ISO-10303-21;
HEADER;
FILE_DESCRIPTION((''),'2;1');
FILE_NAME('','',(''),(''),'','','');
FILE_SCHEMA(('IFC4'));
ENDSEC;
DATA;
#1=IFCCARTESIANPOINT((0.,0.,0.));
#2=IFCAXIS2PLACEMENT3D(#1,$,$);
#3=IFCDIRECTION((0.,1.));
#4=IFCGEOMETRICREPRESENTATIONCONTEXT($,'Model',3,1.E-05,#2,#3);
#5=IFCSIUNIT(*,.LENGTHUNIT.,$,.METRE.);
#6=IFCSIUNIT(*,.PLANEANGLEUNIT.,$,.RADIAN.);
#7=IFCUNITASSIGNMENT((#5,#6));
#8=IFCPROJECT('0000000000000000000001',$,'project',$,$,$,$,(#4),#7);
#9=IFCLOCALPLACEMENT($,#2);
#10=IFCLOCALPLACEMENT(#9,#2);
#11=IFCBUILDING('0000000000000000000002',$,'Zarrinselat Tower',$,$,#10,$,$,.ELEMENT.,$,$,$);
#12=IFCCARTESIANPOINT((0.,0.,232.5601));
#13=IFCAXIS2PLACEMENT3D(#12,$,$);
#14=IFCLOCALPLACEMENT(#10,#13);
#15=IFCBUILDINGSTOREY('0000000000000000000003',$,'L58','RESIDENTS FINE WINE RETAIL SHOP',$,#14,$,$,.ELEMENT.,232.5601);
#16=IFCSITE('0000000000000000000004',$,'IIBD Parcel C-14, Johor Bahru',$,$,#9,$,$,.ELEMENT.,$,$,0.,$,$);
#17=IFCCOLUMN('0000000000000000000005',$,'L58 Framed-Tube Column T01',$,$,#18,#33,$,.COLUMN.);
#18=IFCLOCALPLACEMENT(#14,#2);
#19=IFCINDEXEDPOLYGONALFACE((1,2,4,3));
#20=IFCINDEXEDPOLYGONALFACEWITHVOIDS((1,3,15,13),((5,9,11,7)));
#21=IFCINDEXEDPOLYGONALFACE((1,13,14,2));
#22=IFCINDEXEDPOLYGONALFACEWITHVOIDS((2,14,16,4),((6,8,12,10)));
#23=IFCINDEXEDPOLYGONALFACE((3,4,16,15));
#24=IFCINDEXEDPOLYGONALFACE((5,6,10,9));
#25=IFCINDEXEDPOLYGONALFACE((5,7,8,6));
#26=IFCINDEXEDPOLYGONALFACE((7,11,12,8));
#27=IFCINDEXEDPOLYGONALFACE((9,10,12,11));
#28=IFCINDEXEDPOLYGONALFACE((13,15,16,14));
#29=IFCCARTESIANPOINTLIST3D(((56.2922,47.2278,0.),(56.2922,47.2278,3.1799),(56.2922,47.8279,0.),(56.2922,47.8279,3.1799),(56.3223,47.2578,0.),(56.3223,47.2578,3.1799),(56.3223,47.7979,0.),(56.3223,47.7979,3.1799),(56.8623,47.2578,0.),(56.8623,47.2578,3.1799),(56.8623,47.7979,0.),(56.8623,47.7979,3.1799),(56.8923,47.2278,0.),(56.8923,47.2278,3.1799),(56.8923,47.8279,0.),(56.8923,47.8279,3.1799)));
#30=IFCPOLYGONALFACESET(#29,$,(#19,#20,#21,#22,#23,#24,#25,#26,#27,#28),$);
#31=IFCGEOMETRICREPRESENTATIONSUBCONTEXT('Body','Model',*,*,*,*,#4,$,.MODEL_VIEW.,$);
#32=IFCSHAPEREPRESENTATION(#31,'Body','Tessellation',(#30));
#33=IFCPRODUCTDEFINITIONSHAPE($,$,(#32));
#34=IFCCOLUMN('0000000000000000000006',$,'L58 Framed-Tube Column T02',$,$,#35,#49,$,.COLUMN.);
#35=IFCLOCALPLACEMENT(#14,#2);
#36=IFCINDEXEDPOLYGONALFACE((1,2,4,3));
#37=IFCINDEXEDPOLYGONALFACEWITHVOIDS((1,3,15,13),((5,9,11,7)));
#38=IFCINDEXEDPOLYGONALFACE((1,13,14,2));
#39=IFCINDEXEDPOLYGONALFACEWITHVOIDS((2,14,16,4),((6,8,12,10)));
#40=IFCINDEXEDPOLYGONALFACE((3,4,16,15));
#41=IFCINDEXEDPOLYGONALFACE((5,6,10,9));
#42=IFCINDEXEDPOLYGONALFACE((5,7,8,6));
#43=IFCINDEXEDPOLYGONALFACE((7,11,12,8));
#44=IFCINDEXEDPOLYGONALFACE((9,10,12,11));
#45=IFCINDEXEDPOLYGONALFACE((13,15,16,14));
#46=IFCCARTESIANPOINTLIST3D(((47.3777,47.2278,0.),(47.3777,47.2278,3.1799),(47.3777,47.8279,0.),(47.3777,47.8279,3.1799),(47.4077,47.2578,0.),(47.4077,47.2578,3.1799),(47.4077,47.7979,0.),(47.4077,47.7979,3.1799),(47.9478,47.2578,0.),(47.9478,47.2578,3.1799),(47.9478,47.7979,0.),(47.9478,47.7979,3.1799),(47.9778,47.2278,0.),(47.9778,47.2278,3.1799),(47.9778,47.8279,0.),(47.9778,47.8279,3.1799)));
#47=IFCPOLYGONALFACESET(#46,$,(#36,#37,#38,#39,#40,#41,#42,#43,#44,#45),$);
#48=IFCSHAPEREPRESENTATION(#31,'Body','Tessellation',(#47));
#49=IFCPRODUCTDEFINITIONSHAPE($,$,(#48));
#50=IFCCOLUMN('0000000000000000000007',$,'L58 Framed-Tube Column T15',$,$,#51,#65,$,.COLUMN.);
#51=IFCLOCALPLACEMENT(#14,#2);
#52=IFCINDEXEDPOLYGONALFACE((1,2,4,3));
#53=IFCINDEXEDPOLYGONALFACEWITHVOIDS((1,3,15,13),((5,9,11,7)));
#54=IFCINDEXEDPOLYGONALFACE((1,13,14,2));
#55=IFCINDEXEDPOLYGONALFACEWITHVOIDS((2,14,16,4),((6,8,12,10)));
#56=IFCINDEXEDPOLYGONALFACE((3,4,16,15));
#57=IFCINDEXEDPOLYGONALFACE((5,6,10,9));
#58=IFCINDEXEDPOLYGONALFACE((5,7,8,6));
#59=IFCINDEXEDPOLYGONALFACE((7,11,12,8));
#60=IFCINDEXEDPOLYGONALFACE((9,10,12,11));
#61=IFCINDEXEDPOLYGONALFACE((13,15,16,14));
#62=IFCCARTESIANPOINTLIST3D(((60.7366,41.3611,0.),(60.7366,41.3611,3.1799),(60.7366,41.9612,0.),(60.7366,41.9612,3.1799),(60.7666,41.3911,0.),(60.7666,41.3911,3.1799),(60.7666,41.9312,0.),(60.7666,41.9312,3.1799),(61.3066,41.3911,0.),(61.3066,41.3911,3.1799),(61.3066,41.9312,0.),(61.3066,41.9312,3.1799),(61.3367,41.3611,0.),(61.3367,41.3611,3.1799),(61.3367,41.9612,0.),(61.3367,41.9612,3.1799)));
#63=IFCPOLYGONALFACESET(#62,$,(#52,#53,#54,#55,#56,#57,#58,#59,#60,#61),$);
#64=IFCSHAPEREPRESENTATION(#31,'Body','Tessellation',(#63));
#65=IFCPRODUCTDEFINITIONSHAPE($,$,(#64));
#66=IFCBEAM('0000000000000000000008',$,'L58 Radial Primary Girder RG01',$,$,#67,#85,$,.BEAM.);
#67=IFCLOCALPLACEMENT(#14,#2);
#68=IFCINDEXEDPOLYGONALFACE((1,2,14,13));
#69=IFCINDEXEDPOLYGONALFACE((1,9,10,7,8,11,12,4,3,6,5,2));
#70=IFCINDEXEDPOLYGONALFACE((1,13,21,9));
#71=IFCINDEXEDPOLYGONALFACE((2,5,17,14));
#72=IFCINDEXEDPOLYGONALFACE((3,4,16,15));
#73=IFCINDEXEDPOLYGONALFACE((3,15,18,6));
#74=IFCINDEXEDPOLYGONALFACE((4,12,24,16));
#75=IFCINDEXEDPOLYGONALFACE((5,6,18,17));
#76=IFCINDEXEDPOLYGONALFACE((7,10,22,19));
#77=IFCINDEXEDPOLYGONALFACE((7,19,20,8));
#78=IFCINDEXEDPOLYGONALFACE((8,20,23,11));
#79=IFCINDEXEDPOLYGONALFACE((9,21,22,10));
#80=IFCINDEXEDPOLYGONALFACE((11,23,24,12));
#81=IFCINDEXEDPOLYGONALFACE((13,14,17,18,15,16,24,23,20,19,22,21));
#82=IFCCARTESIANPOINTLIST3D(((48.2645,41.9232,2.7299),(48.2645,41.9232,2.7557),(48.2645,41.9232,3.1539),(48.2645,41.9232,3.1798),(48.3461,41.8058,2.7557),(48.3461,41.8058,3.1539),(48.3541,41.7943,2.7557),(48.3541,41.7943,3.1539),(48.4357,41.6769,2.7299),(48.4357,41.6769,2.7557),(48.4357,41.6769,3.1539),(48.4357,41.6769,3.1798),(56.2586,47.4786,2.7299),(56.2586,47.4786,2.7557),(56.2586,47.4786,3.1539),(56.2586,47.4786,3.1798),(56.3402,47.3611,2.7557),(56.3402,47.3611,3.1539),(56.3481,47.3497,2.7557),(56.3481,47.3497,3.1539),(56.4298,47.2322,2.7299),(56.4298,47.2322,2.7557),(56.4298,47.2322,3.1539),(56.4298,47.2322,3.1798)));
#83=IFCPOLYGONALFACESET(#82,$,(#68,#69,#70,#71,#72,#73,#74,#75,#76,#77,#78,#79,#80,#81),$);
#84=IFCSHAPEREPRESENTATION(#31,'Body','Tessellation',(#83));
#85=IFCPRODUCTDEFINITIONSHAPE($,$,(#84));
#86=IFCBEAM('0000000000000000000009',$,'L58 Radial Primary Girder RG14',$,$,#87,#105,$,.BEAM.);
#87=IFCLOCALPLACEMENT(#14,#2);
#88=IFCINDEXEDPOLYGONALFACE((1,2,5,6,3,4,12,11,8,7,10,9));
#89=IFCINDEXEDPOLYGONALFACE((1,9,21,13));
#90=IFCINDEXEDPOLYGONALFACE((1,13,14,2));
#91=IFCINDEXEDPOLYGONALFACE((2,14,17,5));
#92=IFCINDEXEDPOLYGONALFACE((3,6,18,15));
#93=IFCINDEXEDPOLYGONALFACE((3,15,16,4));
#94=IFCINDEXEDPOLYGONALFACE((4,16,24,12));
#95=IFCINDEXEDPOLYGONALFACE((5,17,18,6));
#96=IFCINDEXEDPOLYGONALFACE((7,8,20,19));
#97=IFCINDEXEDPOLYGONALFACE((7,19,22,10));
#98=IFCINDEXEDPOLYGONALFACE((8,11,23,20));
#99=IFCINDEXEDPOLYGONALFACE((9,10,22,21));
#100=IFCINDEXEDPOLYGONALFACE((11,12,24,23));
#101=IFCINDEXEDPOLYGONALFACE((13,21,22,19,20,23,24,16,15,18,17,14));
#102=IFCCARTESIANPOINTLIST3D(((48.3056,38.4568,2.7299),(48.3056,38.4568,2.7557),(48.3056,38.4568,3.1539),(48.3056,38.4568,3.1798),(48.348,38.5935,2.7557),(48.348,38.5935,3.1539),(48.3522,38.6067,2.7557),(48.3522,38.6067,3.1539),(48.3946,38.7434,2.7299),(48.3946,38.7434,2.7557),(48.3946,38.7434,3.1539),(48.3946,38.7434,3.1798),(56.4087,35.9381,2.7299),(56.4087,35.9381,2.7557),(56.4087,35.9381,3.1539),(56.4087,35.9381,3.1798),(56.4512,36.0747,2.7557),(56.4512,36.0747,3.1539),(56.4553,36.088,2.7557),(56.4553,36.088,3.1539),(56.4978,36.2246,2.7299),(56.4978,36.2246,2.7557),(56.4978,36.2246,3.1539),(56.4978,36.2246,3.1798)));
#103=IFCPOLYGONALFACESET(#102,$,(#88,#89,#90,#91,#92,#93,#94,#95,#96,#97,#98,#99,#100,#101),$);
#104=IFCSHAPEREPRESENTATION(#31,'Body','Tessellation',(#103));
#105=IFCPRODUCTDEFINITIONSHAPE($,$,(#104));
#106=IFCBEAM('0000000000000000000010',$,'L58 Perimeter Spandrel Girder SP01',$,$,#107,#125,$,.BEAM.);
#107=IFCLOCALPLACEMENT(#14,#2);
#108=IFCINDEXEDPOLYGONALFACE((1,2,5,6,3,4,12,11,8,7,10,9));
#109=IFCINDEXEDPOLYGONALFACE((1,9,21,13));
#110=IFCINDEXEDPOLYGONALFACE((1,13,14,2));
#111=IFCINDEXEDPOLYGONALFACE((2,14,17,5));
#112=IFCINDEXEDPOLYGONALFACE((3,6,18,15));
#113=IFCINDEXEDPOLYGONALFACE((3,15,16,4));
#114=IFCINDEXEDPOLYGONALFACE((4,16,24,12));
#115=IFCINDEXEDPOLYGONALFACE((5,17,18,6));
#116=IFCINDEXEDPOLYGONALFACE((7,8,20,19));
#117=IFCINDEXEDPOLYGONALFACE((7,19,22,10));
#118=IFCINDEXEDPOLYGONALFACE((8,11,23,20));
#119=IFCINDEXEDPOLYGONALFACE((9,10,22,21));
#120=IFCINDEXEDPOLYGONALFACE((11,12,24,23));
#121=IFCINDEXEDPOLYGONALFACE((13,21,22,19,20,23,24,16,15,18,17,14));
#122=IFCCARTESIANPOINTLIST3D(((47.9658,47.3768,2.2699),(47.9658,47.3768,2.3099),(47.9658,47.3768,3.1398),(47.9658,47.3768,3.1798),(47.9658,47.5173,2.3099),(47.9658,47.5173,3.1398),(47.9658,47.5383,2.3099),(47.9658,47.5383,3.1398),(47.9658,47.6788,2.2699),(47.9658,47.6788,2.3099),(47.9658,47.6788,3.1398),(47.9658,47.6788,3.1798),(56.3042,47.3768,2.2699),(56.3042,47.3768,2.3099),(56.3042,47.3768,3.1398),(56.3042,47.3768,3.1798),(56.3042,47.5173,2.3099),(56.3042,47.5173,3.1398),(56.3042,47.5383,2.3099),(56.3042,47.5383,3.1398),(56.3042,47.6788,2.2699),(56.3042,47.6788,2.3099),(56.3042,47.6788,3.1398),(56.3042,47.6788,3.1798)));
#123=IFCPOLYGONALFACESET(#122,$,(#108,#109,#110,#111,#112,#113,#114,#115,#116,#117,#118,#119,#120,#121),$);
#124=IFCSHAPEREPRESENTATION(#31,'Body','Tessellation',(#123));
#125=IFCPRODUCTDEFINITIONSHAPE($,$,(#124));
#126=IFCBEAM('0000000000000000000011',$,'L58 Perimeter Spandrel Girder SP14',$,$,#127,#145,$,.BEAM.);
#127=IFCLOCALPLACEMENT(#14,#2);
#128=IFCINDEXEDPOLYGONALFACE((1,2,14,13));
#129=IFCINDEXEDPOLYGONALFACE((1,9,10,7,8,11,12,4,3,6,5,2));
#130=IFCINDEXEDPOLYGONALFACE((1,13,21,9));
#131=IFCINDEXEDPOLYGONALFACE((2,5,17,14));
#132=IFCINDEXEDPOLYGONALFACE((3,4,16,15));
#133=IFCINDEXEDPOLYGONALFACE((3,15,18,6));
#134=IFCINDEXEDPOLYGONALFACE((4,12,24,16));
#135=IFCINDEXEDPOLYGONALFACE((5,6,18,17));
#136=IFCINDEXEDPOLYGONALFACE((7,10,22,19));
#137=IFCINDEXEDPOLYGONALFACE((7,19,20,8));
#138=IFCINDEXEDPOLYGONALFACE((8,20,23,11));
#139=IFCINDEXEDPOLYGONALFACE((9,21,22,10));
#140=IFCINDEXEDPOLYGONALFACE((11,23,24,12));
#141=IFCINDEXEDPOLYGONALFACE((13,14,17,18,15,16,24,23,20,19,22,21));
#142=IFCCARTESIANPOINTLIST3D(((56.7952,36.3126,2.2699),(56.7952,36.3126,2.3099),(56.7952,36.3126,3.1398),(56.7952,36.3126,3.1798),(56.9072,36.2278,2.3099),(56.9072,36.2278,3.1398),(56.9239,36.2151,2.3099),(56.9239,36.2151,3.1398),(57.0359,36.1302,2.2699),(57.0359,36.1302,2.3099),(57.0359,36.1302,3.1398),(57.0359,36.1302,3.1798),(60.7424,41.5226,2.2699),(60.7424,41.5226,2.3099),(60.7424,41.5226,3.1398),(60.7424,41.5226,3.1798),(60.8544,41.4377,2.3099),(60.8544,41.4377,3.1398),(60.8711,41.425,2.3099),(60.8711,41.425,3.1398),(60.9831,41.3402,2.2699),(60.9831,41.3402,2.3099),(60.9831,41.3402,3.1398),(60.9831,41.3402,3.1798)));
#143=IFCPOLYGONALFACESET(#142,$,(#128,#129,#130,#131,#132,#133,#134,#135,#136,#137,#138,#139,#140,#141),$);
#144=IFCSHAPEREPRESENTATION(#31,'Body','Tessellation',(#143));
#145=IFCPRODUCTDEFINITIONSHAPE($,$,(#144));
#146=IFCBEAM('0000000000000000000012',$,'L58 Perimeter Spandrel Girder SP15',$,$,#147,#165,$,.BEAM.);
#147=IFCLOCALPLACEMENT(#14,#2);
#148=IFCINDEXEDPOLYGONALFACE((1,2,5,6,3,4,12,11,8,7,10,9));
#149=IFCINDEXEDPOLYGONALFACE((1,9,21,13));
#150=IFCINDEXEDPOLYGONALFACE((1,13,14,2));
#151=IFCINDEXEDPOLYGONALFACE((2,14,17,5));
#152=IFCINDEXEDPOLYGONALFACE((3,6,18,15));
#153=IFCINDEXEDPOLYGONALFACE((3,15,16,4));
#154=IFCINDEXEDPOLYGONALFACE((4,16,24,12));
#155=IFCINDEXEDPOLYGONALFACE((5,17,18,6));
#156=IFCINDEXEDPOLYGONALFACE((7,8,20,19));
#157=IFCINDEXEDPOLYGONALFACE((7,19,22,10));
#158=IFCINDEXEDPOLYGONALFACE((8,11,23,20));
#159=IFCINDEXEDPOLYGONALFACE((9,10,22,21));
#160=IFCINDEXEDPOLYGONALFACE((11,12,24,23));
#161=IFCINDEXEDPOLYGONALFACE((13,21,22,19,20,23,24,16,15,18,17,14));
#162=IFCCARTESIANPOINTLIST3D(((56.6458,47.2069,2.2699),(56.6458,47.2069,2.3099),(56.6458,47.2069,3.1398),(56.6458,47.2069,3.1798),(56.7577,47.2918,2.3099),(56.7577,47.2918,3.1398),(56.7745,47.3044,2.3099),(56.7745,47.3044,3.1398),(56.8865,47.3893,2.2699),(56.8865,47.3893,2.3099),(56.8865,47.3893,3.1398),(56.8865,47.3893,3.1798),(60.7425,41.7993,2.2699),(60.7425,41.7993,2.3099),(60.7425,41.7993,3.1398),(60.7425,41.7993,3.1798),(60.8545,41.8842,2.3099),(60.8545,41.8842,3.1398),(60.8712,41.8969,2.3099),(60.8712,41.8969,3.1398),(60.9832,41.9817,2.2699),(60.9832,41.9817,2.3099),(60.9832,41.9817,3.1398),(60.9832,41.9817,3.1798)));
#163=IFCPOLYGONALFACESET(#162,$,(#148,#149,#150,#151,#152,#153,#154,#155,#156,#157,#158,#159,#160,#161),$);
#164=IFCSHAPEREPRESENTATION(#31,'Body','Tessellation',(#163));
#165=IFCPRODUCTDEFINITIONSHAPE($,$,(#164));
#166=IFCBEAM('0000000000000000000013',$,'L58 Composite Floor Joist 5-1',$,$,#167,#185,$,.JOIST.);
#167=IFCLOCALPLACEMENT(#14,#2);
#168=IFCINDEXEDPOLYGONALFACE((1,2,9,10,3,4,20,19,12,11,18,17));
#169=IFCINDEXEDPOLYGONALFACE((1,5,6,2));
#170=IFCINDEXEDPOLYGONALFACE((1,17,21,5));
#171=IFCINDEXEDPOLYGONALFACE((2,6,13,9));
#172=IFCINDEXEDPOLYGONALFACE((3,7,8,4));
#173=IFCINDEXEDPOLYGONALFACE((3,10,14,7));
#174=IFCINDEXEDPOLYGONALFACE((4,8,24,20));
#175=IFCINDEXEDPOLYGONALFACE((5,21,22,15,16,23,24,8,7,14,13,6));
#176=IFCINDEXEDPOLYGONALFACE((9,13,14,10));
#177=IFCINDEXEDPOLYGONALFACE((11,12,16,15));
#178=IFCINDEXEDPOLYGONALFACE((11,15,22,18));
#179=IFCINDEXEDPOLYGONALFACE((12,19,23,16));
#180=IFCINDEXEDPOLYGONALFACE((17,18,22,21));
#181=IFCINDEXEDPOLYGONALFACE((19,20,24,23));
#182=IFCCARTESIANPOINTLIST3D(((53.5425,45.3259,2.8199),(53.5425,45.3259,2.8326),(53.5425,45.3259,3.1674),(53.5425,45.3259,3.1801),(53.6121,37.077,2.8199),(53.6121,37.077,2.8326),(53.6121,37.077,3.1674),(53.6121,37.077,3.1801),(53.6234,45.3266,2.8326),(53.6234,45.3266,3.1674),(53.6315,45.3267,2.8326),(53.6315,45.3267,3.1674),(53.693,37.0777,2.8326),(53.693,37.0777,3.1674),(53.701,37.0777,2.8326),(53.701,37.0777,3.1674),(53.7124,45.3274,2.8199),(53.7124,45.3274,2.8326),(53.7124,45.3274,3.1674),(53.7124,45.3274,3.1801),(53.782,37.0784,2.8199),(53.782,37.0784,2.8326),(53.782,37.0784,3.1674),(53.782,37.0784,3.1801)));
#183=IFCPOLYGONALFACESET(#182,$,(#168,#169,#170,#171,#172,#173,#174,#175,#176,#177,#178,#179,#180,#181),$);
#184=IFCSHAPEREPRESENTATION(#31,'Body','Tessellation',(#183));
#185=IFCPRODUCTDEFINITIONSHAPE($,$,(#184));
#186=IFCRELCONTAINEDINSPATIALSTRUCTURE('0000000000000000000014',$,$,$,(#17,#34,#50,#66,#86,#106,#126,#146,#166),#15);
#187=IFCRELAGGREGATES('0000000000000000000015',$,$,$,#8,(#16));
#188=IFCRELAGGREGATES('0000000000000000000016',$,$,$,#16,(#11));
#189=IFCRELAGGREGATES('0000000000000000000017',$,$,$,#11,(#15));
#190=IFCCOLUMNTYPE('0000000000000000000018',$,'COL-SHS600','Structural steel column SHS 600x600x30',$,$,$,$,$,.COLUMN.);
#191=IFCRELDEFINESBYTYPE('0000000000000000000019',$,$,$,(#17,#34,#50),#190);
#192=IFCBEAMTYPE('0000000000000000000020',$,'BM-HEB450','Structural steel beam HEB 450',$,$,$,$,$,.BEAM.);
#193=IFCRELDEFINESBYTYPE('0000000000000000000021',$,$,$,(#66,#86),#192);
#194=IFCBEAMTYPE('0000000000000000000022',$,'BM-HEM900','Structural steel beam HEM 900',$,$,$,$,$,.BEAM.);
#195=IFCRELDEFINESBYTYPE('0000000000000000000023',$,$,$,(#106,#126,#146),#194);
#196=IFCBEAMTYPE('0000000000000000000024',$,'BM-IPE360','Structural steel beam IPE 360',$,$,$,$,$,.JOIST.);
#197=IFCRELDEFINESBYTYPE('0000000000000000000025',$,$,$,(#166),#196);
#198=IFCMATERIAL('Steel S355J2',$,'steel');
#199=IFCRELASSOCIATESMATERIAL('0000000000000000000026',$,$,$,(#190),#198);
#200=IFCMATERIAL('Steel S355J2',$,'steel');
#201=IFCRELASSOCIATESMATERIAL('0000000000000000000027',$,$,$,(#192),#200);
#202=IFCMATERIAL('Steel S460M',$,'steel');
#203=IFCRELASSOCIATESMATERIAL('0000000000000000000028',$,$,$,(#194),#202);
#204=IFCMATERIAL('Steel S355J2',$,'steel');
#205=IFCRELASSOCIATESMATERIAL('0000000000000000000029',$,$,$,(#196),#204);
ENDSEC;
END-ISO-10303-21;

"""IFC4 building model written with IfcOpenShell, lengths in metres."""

from ifc_helpers import new_model, si_unit, direction, frame, origin, origin_2d, place, context, subcontext, project, spatial, hollow_rectangle, i_section, extrude, material, material_profile, profile_set, type_object, element, save


model = new_model("IFC4")

# Units and contexts
model_context = context("Model", 3, precision=1e-05, world=origin(), true_north=direction((0.0, 1.0)))
body_context = subcontext(model_context, "Body", "Model", "MODEL_VIEW")
ifc_project = project(units=[si_unit("LENGTHUNIT", "METRE"), si_unit("PLANEANGLEUNIT", "RADIAN")], contexts=[model_context])

# Site, building, storey
site_placement = place(None, origin())
site = spatial("IfcSite", under=ifc_project, at=site_placement, Name="IIBD Parcel C-14, Johor Bahru", CompositionType="ELEMENT", RefElevation=0.0)
building_placement = place(site_placement, origin())
building = spatial("IfcBuilding", under=site, at=building_placement, Name="Zarrinselat Tower", CompositionType="ELEMENT")
storey_placement = place(building_placement, frame((0.0, 0.0, 232.5601)))
storey = spatial("IfcBuildingStorey", under=building, at=storey_placement, Name="L58", Description="RESIDENTS FINE WINE RETAIL SHOP", CompositionType="ELEMENT", Elevation=232.5601)

# Columns
ifc_material_1 = material(Name="Steel S355J2", Category="steel")
ifc_material_profile_1 = material_profile(ifc_material_1, hollow_rectangle(XDim=0.6001, YDim=0.6001, WallThickness=0.03, at=origin_2d()), Name="SHS 600x600x30")
ifc_profile_set_1 = profile_set([ifc_material_profile_1], Name="Steel S355J2")
column_type = type_object("IfcColumnType", Name="COL-SHS600", Description="Structural steel column SHS 600x600x30", PredefinedType="COLUMN", material=ifc_profile_set_1)
for number, where, z_axis, x_axis, name in (
    (1, (56.5923, 47.5278, 0.0), (0.0, 0.0, 1.0), (1.0, 0.0, 0.0), "L58 Framed-Tube Column T01"),
    (2, (47.6777, 47.5278, 0.0), (0.0, 0.0, 1.0), (1.0, 0.0, 0.0), "L58 Framed-Tube Column T02"),
    (3, (61.0366, 41.6611, 0.0), (0.0, 0.0, 1.0), (1.0, 0.0, 0.0), "L58 Framed-Tube Column T15"),
):
    element("IfcColumn", number, at=place(storey_placement, frame(where, z_axis=z_axis, x_axis=x_axis)), inside=storey, type_object=column_type, Name=name, PredefinedType="COLUMN", context=body_context, shape_type="SweptSolid", body=[
        extrude(hollow_rectangle(XDim=0.6001, YDim=0.6001, WallThickness=0.03, at=origin_2d()), origin(), (0.0, 0.0, 1.0), 3.1799),
    ])

# Beams
ifc_material_2 = material(Name="Steel S355J2", Category="steel")
ifc_material_profile_2 = material_profile(ifc_material_2, i_section(OverallWidth=0.3, OverallDepth=0.45, WebThickness=0.0139, FlangeThickness=0.0259, at=origin_2d()), Name="HEB 450")
ifc_profile_set_2 = profile_set([ifc_material_profile_2], Name="Steel S355J2")
beam_type_1 = type_object("IfcBeamType", Name="BM-HEB450", Description="Structural steel beam HEB 450", PredefinedType="BEAM", material=ifc_profile_set_2)
beam_1_placement = place(storey_placement, frame((48.3501, 41.8, 2.9548), z_axis=(0.821181, 0.570668, 0.0), x_axis=(-0.570668, 0.821181, 0.0)))
element("IfcBeam", 4, at=beam_1_placement, inside=storey, type_object=beam_type_1, Name="L58 Radial Primary Girder RG01", PredefinedType="BEAM", context=body_context, shape_type="SweptSolid", body=[
    extrude(i_section(OverallWidth=0.3, OverallDepth=0.45, WebThickness=0.0139, FlangeThickness=0.0259, at=origin_2d()), origin(), (0.0, 0.0, 1.0), 9.7349),
])
beam_2_placement = place(storey_placement, frame((48.3501, 38.6001, 2.9548), z_axis=(0.954931, -0.296828, 0.0), x_axis=(0.296828, 0.954931, 0.0)))
element("IfcBeam", 5, at=beam_2_placement, inside=storey, type_object=beam_type_1, Name="L58 Radial Primary Girder RG14", PredefinedType="BEAM", context=body_context, shape_type="SweptSolid", body=[
    extrude(i_section(OverallWidth=0.3, OverallDepth=0.45, WebThickness=0.0139, FlangeThickness=0.0259, at=origin_2d()), origin(), (0.0, 0.0, 1.0), 8.4856),
])
ifc_material_3 = material(Name="Steel S460M", Category="steel")
ifc_material_profile_3 = material_profile(ifc_material_3, i_section(OverallWidth=0.302, OverallDepth=0.9099, WebThickness=0.021, FlangeThickness=0.04, at=origin_2d()), Name="HEM 900")
ifc_profile_set_3 = profile_set([ifc_material_profile_3], Name="Steel S460M")
beam_type_2 = type_object("IfcBeamType", Name="BM-HEM900", Description="Structural steel beam HEM 900", PredefinedType="BEAM", material=ifc_profile_set_3)
beam_3_placement = place(storey_placement, frame((47.9658, 47.5278, 2.7249), z_axis=(1.0, 0.0, 0.0), x_axis=(0.0, 1.0, 0.0)))
element("IfcBeam", 6, at=beam_3_placement, inside=storey, type_object=beam_type_2, Name="L58 Perimeter Spandrel Girder SP01", PredefinedType="BEAM", context=body_context, shape_type="SweptSolid", body=[
    extrude(i_section(OverallWidth=0.302, OverallDepth=0.9099, WebThickness=0.021, FlangeThickness=0.04, at=origin_2d()), origin(), (0.0, 0.0, 1.0), 8.3384),
])
beam_4_placement = place(storey_placement, frame((56.9155, 36.2214, 2.7249), z_axis=(0.603889, 0.797068, 0.0), x_axis=(-0.797068, 0.603889, 0.0)))
element("IfcBeam", 7, at=beam_4_placement, inside=storey, type_object=beam_type_2, Name="L58 Perimeter Spandrel Girder SP14", PredefinedType="BEAM", context=body_context, shape_type="SweptSolid", body=[
    extrude(i_section(OverallWidth=0.302, OverallDepth=0.9099, WebThickness=0.021, FlangeThickness=0.04, at=origin_2d()), origin(), (0.0, 0.0, 1.0), 6.5364),
])
beam_5_placement = place(storey_placement, frame((56.7661, 47.2981, 2.7249), z_axis=(0.603868, -0.797084, 0.0), x_axis=(0.797084, 0.603868, 0.0)))
element("IfcBeam", 8, at=beam_5_placement, inside=storey, type_object=beam_type_2, Name="L58 Perimeter Spandrel Girder SP15", PredefinedType="BEAM", context=body_context, shape_type="SweptSolid", body=[
    extrude(i_section(OverallWidth=0.302, OverallDepth=0.9099, WebThickness=0.021, FlangeThickness=0.04, at=origin_2d()), origin(), (0.0, 0.0, 1.0), 6.7842),
])
ifc_material_4 = material(Name="Steel S355J2", Category="steel")
ifc_material_profile_4 = material_profile(ifc_material_4, i_section(OverallWidth=0.1699, OverallDepth=0.3601, WebThickness=0.0081, FlangeThickness=0.0127, at=origin_2d()), Name="IPE 360")
ifc_profile_set_4 = profile_set([ifc_material_profile_4], Name="Steel S355J2")
beam_type_3 = type_object("IfcBeamType", Name="BM-IPE360", Description="Structural steel beam IPE 360", PredefinedType="JOIST", material=ifc_profile_set_4)
beam_6_placement = place(storey_placement, frame((53.6274, 45.3267, 3.0), z_axis=(0.008435, -0.999964, 0.0), x_axis=(0.999964, 0.008435, 0.0)))
element("IfcBeam", 9, at=beam_6_placement, inside=storey, type_object=beam_type_3, Name="L58 Composite Floor Joist 5-1", PredefinedType="JOIST", context=body_context, shape_type="SweptSolid", body=[
    extrude(i_section(OverallWidth=0.1699, OverallDepth=0.3601, WebThickness=0.0081, FlangeThickness=0.0127, at=origin_2d()), origin(), (0.0, 0.0, 1.0), 8.2493),
])

save(model, "model.ifc")
